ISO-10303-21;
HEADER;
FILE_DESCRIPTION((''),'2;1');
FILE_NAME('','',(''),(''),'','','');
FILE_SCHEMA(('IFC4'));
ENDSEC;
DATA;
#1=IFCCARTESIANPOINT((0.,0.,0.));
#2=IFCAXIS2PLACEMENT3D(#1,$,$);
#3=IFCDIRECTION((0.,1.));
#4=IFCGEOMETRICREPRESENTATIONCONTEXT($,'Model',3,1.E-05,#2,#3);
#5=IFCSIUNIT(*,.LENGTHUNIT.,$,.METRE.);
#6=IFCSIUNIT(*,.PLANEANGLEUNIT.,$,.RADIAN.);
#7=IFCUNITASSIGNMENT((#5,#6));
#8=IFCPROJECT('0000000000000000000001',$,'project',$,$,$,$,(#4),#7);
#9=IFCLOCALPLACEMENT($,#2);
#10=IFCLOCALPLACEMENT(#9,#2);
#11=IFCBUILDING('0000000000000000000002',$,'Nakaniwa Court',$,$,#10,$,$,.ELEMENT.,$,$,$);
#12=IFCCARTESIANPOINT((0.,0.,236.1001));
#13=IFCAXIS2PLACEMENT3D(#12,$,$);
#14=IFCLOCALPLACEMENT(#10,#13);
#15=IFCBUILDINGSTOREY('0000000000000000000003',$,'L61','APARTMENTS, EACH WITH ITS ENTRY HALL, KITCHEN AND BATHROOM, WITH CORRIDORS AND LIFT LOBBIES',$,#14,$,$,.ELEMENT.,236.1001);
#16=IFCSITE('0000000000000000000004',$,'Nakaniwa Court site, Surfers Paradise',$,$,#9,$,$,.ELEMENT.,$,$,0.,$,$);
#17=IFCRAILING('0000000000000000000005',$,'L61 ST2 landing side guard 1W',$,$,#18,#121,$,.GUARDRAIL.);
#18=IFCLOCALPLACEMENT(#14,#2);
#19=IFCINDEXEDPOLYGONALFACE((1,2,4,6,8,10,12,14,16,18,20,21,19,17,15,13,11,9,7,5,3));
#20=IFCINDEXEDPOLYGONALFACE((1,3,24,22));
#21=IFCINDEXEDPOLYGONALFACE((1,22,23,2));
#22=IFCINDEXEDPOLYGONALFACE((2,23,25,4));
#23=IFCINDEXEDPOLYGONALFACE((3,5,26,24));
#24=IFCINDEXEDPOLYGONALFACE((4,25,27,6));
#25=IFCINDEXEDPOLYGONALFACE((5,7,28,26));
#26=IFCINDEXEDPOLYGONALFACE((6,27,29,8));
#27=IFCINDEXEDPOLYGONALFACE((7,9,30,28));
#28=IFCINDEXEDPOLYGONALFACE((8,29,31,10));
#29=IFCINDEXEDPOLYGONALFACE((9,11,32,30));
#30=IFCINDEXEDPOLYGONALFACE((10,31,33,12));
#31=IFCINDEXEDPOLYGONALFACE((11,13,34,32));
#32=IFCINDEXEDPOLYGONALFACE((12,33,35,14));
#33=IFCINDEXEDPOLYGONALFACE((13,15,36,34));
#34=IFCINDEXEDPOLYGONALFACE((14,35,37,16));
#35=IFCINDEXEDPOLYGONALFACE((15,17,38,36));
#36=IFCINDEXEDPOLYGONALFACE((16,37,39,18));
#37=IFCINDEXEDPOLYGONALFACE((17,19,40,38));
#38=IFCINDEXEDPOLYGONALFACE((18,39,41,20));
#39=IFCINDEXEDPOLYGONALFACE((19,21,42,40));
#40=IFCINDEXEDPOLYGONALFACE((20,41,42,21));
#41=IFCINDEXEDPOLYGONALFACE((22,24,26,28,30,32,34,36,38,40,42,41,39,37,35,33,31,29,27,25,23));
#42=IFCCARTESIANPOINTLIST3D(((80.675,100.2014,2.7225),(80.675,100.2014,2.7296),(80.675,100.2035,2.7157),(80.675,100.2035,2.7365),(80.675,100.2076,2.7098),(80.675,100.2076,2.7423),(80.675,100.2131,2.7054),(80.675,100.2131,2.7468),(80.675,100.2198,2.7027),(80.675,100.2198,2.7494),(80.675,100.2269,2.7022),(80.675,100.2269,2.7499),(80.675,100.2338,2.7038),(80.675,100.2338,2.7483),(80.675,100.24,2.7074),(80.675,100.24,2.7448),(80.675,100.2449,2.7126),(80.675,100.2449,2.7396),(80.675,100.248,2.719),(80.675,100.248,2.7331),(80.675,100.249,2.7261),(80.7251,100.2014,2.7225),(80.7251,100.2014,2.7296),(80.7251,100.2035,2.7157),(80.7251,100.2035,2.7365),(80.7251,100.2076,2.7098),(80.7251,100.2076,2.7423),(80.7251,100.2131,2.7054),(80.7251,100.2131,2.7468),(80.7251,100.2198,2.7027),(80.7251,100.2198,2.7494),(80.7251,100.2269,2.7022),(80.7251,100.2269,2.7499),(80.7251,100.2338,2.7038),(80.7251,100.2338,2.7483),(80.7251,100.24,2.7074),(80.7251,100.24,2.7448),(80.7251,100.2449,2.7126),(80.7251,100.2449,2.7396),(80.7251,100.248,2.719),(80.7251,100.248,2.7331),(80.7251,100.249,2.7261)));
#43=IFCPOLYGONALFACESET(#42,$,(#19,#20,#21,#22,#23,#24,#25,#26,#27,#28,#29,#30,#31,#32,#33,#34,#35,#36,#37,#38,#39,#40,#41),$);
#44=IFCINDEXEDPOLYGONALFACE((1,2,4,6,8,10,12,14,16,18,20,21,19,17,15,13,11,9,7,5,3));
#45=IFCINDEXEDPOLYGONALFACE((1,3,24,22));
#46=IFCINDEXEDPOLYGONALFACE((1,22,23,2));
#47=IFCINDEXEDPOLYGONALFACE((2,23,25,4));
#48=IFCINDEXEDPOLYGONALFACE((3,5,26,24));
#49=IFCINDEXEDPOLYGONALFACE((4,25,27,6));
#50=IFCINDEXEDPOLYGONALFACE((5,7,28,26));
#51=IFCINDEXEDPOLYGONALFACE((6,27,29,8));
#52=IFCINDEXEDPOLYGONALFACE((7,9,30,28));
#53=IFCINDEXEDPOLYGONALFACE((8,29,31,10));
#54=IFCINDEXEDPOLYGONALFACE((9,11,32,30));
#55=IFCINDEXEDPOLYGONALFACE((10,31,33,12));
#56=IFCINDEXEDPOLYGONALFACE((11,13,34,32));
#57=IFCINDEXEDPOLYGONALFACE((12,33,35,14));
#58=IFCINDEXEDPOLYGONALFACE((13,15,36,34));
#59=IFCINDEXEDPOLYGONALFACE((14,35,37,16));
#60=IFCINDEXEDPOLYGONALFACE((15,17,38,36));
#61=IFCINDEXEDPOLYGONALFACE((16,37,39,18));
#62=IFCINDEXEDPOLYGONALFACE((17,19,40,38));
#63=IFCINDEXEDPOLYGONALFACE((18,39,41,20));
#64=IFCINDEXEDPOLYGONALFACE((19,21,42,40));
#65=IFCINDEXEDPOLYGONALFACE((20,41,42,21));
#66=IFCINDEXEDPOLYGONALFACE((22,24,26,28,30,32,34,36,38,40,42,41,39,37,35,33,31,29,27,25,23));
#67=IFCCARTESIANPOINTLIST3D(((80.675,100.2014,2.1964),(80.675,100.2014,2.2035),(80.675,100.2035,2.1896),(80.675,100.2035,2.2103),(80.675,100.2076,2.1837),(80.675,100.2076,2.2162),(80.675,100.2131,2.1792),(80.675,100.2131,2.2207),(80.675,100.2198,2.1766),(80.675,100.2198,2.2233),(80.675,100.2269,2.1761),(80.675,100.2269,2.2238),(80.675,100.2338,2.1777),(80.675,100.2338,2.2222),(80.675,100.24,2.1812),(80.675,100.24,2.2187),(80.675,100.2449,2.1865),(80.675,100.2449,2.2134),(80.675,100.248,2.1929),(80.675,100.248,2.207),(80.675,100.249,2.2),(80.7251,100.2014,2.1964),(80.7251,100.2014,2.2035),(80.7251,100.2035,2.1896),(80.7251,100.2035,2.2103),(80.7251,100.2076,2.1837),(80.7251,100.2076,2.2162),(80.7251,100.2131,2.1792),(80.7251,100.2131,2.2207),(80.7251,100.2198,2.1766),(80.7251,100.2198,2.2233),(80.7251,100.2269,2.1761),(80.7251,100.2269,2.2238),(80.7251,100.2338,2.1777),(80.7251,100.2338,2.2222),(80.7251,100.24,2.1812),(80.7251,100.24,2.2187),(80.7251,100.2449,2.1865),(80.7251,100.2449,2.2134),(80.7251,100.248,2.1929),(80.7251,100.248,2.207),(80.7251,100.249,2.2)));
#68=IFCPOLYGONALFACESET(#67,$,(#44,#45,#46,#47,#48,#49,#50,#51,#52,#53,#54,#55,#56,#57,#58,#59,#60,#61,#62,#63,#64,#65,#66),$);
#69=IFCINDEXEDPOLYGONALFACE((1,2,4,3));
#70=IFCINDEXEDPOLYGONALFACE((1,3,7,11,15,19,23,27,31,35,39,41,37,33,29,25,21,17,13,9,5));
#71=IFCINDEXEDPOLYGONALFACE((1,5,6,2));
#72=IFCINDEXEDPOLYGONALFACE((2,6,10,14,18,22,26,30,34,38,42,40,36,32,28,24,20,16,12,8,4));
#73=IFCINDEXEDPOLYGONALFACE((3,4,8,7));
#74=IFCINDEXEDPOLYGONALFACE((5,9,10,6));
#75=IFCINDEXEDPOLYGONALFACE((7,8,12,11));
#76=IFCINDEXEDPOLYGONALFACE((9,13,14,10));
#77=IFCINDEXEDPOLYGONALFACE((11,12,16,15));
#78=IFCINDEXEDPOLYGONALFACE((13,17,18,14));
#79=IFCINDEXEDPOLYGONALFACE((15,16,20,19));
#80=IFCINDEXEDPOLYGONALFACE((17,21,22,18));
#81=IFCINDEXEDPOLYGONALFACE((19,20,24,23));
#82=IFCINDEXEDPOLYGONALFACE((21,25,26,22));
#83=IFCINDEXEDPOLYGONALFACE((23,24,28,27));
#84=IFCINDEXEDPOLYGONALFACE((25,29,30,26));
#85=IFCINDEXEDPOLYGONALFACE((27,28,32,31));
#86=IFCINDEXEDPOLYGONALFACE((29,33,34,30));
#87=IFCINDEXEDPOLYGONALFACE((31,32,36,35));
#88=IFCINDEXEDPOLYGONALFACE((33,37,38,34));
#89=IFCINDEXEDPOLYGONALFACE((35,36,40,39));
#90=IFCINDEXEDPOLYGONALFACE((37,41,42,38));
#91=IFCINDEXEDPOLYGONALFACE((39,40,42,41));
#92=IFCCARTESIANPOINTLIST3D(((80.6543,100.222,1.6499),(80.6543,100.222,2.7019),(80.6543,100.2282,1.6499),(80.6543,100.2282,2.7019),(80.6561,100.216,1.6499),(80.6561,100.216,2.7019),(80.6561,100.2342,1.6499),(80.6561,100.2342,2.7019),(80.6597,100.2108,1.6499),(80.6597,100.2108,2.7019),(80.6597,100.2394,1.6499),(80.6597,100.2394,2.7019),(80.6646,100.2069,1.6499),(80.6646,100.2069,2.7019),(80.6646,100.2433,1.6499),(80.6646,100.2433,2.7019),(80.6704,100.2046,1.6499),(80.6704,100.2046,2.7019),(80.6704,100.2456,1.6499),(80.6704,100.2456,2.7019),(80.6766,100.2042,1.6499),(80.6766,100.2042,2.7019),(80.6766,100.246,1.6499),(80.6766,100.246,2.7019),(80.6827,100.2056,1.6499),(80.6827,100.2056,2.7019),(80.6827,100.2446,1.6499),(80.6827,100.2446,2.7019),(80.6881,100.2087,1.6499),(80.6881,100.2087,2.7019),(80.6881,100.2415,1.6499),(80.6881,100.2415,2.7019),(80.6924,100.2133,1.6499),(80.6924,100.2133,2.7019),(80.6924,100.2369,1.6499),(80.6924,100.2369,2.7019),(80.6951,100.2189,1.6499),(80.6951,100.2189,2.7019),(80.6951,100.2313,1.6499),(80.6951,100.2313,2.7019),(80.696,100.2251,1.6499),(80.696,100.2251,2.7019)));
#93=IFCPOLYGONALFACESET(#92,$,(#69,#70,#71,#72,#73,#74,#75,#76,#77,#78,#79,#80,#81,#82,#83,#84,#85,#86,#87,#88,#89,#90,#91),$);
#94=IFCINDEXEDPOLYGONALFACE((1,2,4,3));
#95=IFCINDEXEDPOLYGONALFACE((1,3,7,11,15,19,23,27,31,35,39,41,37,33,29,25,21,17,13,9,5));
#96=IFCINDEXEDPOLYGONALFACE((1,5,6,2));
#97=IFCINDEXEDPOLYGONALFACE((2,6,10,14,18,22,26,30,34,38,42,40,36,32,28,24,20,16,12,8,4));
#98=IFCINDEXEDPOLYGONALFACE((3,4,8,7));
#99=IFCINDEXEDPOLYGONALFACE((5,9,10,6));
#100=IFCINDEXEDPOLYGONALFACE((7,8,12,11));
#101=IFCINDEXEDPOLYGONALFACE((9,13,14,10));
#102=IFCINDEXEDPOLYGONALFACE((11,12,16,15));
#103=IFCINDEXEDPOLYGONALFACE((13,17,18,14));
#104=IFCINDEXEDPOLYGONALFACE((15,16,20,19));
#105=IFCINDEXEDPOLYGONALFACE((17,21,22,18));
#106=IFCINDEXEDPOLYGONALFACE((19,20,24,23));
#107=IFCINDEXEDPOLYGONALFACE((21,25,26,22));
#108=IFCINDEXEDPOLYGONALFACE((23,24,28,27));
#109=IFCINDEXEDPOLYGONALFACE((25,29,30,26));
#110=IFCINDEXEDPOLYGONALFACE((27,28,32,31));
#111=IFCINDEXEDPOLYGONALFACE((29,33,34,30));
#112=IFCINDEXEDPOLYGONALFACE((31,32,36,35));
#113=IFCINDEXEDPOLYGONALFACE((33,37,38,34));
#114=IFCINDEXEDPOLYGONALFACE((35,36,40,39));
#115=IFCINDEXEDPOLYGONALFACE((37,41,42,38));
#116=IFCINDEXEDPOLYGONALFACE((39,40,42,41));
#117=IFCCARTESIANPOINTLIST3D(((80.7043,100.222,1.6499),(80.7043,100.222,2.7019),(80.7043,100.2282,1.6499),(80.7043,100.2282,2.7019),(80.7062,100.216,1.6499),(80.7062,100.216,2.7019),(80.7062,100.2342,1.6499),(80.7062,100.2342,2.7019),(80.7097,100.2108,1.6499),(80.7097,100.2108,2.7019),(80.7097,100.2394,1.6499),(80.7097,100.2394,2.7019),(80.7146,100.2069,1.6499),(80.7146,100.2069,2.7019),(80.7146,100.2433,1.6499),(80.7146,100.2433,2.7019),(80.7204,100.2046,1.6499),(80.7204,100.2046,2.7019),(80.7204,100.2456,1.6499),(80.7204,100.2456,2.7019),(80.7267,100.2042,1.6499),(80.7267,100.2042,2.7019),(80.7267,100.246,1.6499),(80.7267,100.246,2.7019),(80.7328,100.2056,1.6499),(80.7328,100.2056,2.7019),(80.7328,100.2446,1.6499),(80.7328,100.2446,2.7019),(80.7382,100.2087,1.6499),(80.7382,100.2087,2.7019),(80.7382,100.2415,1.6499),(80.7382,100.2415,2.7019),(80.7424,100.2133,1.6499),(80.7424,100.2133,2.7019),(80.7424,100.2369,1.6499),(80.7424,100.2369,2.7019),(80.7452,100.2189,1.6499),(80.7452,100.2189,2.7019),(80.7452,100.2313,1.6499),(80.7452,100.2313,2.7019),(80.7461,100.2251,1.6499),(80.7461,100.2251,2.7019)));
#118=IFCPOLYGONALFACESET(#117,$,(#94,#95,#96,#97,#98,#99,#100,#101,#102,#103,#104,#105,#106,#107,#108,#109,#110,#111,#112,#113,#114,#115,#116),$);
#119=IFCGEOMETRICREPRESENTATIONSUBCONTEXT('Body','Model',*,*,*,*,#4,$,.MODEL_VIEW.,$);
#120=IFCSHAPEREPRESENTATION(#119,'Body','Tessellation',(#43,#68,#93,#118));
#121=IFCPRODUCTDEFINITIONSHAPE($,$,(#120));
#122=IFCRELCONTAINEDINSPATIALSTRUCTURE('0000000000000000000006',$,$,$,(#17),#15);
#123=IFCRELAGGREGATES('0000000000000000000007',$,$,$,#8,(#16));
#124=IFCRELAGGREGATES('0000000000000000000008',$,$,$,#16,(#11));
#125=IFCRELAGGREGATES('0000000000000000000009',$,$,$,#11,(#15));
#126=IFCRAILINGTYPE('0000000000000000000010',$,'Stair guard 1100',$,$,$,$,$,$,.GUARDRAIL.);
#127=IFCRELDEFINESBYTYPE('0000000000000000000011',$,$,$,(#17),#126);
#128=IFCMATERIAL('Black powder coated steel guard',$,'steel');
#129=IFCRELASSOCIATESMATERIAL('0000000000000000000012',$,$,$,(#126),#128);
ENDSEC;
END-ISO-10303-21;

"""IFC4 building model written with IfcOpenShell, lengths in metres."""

from ifc_helpers import new_model, si_unit, direction, frame, origin, origin_2d, place, context, subcontext, project, spatial, circle, extrude, material, type_object, element, save


model = new_model("IFC4")

# Units and contexts
model_context = context("Model", 3, precision=1e-05, world=origin(), true_north=direction((0.0, 1.0)))
body_context = subcontext(model_context, "Body", "Model", "MODEL_VIEW")
ifc_project = project(units=[si_unit("LENGTHUNIT", "METRE"), si_unit("PLANEANGLEUNIT", "RADIAN")], contexts=[model_context])

# Site, building, storey
site_placement = place(None, origin())
site = spatial("IfcSite", under=ifc_project, at=site_placement, Name="Nakaniwa Court site, Surfers Paradise", CompositionType="ELEMENT", RefElevation=0.0)
building_placement = place(site_placement, origin())
building = spatial("IfcBuilding", under=site, at=building_placement, Name="Nakaniwa Court", CompositionType="ELEMENT")
storey_placement = place(building_placement, frame((0.0, 0.0, 236.1001)))
storey = spatial("IfcBuildingStorey", under=building, at=storey_placement, Name="L61", Description="APARTMENTS, EACH WITH ITS ENTRY HALL, KITCHEN AND BATHROOM, WITH CORRIDORS AND LIFT LOBBIES", CompositionType="ELEMENT", Elevation=236.1001)

# Railing
ifc_material_1 = material(Name="Black powder coated steel guard", Category="steel")
railing_type_1 = type_object("IfcRailingType", Name="Stair guard 1100", PredefinedType="GUARDRAIL", material=ifc_material_1)
for number, where, name in (
    (1, (80.675, 100.2251, 1.6499), "L61 ST2 landing side guard 1W"),
):
    element("IfcRailing", number, at=place(storey_placement, frame(where)), inside=storey, type_object=railing_type_1, Name=name, PredefinedType="GUARDRAIL", context=body_context, shape_type="SweptSolid", body=[
        extrude(circle(Radius=0.0239, at=origin_2d()), frame((0.0, 0.0, 1.0762), z_axis=(1.0, 0.0, 0.0), x_axis=(0.0, 1.0, 0.0)), (0.0, 0.0, 1.0), 0.05),
        extrude(circle(Radius=0.0239, at=origin_2d()), frame((0.0, 0.0, 0.55), z_axis=(1.0, 0.0, 0.0), x_axis=(0.0, 1.0, 0.0)), (0.0, 0.0, 1.0), 0.05),
        extrude(circle(Radius=0.021, at=origin_2d()), origin(), (0.0, 0.0, 1.0), 1.052),
        extrude(circle(Radius=0.021, at=origin_2d()), frame((0.05, 0.0, 0.0)), (0.0, 0.0, 1.0), 1.052),
    ])

save(model, "model.ifc")
